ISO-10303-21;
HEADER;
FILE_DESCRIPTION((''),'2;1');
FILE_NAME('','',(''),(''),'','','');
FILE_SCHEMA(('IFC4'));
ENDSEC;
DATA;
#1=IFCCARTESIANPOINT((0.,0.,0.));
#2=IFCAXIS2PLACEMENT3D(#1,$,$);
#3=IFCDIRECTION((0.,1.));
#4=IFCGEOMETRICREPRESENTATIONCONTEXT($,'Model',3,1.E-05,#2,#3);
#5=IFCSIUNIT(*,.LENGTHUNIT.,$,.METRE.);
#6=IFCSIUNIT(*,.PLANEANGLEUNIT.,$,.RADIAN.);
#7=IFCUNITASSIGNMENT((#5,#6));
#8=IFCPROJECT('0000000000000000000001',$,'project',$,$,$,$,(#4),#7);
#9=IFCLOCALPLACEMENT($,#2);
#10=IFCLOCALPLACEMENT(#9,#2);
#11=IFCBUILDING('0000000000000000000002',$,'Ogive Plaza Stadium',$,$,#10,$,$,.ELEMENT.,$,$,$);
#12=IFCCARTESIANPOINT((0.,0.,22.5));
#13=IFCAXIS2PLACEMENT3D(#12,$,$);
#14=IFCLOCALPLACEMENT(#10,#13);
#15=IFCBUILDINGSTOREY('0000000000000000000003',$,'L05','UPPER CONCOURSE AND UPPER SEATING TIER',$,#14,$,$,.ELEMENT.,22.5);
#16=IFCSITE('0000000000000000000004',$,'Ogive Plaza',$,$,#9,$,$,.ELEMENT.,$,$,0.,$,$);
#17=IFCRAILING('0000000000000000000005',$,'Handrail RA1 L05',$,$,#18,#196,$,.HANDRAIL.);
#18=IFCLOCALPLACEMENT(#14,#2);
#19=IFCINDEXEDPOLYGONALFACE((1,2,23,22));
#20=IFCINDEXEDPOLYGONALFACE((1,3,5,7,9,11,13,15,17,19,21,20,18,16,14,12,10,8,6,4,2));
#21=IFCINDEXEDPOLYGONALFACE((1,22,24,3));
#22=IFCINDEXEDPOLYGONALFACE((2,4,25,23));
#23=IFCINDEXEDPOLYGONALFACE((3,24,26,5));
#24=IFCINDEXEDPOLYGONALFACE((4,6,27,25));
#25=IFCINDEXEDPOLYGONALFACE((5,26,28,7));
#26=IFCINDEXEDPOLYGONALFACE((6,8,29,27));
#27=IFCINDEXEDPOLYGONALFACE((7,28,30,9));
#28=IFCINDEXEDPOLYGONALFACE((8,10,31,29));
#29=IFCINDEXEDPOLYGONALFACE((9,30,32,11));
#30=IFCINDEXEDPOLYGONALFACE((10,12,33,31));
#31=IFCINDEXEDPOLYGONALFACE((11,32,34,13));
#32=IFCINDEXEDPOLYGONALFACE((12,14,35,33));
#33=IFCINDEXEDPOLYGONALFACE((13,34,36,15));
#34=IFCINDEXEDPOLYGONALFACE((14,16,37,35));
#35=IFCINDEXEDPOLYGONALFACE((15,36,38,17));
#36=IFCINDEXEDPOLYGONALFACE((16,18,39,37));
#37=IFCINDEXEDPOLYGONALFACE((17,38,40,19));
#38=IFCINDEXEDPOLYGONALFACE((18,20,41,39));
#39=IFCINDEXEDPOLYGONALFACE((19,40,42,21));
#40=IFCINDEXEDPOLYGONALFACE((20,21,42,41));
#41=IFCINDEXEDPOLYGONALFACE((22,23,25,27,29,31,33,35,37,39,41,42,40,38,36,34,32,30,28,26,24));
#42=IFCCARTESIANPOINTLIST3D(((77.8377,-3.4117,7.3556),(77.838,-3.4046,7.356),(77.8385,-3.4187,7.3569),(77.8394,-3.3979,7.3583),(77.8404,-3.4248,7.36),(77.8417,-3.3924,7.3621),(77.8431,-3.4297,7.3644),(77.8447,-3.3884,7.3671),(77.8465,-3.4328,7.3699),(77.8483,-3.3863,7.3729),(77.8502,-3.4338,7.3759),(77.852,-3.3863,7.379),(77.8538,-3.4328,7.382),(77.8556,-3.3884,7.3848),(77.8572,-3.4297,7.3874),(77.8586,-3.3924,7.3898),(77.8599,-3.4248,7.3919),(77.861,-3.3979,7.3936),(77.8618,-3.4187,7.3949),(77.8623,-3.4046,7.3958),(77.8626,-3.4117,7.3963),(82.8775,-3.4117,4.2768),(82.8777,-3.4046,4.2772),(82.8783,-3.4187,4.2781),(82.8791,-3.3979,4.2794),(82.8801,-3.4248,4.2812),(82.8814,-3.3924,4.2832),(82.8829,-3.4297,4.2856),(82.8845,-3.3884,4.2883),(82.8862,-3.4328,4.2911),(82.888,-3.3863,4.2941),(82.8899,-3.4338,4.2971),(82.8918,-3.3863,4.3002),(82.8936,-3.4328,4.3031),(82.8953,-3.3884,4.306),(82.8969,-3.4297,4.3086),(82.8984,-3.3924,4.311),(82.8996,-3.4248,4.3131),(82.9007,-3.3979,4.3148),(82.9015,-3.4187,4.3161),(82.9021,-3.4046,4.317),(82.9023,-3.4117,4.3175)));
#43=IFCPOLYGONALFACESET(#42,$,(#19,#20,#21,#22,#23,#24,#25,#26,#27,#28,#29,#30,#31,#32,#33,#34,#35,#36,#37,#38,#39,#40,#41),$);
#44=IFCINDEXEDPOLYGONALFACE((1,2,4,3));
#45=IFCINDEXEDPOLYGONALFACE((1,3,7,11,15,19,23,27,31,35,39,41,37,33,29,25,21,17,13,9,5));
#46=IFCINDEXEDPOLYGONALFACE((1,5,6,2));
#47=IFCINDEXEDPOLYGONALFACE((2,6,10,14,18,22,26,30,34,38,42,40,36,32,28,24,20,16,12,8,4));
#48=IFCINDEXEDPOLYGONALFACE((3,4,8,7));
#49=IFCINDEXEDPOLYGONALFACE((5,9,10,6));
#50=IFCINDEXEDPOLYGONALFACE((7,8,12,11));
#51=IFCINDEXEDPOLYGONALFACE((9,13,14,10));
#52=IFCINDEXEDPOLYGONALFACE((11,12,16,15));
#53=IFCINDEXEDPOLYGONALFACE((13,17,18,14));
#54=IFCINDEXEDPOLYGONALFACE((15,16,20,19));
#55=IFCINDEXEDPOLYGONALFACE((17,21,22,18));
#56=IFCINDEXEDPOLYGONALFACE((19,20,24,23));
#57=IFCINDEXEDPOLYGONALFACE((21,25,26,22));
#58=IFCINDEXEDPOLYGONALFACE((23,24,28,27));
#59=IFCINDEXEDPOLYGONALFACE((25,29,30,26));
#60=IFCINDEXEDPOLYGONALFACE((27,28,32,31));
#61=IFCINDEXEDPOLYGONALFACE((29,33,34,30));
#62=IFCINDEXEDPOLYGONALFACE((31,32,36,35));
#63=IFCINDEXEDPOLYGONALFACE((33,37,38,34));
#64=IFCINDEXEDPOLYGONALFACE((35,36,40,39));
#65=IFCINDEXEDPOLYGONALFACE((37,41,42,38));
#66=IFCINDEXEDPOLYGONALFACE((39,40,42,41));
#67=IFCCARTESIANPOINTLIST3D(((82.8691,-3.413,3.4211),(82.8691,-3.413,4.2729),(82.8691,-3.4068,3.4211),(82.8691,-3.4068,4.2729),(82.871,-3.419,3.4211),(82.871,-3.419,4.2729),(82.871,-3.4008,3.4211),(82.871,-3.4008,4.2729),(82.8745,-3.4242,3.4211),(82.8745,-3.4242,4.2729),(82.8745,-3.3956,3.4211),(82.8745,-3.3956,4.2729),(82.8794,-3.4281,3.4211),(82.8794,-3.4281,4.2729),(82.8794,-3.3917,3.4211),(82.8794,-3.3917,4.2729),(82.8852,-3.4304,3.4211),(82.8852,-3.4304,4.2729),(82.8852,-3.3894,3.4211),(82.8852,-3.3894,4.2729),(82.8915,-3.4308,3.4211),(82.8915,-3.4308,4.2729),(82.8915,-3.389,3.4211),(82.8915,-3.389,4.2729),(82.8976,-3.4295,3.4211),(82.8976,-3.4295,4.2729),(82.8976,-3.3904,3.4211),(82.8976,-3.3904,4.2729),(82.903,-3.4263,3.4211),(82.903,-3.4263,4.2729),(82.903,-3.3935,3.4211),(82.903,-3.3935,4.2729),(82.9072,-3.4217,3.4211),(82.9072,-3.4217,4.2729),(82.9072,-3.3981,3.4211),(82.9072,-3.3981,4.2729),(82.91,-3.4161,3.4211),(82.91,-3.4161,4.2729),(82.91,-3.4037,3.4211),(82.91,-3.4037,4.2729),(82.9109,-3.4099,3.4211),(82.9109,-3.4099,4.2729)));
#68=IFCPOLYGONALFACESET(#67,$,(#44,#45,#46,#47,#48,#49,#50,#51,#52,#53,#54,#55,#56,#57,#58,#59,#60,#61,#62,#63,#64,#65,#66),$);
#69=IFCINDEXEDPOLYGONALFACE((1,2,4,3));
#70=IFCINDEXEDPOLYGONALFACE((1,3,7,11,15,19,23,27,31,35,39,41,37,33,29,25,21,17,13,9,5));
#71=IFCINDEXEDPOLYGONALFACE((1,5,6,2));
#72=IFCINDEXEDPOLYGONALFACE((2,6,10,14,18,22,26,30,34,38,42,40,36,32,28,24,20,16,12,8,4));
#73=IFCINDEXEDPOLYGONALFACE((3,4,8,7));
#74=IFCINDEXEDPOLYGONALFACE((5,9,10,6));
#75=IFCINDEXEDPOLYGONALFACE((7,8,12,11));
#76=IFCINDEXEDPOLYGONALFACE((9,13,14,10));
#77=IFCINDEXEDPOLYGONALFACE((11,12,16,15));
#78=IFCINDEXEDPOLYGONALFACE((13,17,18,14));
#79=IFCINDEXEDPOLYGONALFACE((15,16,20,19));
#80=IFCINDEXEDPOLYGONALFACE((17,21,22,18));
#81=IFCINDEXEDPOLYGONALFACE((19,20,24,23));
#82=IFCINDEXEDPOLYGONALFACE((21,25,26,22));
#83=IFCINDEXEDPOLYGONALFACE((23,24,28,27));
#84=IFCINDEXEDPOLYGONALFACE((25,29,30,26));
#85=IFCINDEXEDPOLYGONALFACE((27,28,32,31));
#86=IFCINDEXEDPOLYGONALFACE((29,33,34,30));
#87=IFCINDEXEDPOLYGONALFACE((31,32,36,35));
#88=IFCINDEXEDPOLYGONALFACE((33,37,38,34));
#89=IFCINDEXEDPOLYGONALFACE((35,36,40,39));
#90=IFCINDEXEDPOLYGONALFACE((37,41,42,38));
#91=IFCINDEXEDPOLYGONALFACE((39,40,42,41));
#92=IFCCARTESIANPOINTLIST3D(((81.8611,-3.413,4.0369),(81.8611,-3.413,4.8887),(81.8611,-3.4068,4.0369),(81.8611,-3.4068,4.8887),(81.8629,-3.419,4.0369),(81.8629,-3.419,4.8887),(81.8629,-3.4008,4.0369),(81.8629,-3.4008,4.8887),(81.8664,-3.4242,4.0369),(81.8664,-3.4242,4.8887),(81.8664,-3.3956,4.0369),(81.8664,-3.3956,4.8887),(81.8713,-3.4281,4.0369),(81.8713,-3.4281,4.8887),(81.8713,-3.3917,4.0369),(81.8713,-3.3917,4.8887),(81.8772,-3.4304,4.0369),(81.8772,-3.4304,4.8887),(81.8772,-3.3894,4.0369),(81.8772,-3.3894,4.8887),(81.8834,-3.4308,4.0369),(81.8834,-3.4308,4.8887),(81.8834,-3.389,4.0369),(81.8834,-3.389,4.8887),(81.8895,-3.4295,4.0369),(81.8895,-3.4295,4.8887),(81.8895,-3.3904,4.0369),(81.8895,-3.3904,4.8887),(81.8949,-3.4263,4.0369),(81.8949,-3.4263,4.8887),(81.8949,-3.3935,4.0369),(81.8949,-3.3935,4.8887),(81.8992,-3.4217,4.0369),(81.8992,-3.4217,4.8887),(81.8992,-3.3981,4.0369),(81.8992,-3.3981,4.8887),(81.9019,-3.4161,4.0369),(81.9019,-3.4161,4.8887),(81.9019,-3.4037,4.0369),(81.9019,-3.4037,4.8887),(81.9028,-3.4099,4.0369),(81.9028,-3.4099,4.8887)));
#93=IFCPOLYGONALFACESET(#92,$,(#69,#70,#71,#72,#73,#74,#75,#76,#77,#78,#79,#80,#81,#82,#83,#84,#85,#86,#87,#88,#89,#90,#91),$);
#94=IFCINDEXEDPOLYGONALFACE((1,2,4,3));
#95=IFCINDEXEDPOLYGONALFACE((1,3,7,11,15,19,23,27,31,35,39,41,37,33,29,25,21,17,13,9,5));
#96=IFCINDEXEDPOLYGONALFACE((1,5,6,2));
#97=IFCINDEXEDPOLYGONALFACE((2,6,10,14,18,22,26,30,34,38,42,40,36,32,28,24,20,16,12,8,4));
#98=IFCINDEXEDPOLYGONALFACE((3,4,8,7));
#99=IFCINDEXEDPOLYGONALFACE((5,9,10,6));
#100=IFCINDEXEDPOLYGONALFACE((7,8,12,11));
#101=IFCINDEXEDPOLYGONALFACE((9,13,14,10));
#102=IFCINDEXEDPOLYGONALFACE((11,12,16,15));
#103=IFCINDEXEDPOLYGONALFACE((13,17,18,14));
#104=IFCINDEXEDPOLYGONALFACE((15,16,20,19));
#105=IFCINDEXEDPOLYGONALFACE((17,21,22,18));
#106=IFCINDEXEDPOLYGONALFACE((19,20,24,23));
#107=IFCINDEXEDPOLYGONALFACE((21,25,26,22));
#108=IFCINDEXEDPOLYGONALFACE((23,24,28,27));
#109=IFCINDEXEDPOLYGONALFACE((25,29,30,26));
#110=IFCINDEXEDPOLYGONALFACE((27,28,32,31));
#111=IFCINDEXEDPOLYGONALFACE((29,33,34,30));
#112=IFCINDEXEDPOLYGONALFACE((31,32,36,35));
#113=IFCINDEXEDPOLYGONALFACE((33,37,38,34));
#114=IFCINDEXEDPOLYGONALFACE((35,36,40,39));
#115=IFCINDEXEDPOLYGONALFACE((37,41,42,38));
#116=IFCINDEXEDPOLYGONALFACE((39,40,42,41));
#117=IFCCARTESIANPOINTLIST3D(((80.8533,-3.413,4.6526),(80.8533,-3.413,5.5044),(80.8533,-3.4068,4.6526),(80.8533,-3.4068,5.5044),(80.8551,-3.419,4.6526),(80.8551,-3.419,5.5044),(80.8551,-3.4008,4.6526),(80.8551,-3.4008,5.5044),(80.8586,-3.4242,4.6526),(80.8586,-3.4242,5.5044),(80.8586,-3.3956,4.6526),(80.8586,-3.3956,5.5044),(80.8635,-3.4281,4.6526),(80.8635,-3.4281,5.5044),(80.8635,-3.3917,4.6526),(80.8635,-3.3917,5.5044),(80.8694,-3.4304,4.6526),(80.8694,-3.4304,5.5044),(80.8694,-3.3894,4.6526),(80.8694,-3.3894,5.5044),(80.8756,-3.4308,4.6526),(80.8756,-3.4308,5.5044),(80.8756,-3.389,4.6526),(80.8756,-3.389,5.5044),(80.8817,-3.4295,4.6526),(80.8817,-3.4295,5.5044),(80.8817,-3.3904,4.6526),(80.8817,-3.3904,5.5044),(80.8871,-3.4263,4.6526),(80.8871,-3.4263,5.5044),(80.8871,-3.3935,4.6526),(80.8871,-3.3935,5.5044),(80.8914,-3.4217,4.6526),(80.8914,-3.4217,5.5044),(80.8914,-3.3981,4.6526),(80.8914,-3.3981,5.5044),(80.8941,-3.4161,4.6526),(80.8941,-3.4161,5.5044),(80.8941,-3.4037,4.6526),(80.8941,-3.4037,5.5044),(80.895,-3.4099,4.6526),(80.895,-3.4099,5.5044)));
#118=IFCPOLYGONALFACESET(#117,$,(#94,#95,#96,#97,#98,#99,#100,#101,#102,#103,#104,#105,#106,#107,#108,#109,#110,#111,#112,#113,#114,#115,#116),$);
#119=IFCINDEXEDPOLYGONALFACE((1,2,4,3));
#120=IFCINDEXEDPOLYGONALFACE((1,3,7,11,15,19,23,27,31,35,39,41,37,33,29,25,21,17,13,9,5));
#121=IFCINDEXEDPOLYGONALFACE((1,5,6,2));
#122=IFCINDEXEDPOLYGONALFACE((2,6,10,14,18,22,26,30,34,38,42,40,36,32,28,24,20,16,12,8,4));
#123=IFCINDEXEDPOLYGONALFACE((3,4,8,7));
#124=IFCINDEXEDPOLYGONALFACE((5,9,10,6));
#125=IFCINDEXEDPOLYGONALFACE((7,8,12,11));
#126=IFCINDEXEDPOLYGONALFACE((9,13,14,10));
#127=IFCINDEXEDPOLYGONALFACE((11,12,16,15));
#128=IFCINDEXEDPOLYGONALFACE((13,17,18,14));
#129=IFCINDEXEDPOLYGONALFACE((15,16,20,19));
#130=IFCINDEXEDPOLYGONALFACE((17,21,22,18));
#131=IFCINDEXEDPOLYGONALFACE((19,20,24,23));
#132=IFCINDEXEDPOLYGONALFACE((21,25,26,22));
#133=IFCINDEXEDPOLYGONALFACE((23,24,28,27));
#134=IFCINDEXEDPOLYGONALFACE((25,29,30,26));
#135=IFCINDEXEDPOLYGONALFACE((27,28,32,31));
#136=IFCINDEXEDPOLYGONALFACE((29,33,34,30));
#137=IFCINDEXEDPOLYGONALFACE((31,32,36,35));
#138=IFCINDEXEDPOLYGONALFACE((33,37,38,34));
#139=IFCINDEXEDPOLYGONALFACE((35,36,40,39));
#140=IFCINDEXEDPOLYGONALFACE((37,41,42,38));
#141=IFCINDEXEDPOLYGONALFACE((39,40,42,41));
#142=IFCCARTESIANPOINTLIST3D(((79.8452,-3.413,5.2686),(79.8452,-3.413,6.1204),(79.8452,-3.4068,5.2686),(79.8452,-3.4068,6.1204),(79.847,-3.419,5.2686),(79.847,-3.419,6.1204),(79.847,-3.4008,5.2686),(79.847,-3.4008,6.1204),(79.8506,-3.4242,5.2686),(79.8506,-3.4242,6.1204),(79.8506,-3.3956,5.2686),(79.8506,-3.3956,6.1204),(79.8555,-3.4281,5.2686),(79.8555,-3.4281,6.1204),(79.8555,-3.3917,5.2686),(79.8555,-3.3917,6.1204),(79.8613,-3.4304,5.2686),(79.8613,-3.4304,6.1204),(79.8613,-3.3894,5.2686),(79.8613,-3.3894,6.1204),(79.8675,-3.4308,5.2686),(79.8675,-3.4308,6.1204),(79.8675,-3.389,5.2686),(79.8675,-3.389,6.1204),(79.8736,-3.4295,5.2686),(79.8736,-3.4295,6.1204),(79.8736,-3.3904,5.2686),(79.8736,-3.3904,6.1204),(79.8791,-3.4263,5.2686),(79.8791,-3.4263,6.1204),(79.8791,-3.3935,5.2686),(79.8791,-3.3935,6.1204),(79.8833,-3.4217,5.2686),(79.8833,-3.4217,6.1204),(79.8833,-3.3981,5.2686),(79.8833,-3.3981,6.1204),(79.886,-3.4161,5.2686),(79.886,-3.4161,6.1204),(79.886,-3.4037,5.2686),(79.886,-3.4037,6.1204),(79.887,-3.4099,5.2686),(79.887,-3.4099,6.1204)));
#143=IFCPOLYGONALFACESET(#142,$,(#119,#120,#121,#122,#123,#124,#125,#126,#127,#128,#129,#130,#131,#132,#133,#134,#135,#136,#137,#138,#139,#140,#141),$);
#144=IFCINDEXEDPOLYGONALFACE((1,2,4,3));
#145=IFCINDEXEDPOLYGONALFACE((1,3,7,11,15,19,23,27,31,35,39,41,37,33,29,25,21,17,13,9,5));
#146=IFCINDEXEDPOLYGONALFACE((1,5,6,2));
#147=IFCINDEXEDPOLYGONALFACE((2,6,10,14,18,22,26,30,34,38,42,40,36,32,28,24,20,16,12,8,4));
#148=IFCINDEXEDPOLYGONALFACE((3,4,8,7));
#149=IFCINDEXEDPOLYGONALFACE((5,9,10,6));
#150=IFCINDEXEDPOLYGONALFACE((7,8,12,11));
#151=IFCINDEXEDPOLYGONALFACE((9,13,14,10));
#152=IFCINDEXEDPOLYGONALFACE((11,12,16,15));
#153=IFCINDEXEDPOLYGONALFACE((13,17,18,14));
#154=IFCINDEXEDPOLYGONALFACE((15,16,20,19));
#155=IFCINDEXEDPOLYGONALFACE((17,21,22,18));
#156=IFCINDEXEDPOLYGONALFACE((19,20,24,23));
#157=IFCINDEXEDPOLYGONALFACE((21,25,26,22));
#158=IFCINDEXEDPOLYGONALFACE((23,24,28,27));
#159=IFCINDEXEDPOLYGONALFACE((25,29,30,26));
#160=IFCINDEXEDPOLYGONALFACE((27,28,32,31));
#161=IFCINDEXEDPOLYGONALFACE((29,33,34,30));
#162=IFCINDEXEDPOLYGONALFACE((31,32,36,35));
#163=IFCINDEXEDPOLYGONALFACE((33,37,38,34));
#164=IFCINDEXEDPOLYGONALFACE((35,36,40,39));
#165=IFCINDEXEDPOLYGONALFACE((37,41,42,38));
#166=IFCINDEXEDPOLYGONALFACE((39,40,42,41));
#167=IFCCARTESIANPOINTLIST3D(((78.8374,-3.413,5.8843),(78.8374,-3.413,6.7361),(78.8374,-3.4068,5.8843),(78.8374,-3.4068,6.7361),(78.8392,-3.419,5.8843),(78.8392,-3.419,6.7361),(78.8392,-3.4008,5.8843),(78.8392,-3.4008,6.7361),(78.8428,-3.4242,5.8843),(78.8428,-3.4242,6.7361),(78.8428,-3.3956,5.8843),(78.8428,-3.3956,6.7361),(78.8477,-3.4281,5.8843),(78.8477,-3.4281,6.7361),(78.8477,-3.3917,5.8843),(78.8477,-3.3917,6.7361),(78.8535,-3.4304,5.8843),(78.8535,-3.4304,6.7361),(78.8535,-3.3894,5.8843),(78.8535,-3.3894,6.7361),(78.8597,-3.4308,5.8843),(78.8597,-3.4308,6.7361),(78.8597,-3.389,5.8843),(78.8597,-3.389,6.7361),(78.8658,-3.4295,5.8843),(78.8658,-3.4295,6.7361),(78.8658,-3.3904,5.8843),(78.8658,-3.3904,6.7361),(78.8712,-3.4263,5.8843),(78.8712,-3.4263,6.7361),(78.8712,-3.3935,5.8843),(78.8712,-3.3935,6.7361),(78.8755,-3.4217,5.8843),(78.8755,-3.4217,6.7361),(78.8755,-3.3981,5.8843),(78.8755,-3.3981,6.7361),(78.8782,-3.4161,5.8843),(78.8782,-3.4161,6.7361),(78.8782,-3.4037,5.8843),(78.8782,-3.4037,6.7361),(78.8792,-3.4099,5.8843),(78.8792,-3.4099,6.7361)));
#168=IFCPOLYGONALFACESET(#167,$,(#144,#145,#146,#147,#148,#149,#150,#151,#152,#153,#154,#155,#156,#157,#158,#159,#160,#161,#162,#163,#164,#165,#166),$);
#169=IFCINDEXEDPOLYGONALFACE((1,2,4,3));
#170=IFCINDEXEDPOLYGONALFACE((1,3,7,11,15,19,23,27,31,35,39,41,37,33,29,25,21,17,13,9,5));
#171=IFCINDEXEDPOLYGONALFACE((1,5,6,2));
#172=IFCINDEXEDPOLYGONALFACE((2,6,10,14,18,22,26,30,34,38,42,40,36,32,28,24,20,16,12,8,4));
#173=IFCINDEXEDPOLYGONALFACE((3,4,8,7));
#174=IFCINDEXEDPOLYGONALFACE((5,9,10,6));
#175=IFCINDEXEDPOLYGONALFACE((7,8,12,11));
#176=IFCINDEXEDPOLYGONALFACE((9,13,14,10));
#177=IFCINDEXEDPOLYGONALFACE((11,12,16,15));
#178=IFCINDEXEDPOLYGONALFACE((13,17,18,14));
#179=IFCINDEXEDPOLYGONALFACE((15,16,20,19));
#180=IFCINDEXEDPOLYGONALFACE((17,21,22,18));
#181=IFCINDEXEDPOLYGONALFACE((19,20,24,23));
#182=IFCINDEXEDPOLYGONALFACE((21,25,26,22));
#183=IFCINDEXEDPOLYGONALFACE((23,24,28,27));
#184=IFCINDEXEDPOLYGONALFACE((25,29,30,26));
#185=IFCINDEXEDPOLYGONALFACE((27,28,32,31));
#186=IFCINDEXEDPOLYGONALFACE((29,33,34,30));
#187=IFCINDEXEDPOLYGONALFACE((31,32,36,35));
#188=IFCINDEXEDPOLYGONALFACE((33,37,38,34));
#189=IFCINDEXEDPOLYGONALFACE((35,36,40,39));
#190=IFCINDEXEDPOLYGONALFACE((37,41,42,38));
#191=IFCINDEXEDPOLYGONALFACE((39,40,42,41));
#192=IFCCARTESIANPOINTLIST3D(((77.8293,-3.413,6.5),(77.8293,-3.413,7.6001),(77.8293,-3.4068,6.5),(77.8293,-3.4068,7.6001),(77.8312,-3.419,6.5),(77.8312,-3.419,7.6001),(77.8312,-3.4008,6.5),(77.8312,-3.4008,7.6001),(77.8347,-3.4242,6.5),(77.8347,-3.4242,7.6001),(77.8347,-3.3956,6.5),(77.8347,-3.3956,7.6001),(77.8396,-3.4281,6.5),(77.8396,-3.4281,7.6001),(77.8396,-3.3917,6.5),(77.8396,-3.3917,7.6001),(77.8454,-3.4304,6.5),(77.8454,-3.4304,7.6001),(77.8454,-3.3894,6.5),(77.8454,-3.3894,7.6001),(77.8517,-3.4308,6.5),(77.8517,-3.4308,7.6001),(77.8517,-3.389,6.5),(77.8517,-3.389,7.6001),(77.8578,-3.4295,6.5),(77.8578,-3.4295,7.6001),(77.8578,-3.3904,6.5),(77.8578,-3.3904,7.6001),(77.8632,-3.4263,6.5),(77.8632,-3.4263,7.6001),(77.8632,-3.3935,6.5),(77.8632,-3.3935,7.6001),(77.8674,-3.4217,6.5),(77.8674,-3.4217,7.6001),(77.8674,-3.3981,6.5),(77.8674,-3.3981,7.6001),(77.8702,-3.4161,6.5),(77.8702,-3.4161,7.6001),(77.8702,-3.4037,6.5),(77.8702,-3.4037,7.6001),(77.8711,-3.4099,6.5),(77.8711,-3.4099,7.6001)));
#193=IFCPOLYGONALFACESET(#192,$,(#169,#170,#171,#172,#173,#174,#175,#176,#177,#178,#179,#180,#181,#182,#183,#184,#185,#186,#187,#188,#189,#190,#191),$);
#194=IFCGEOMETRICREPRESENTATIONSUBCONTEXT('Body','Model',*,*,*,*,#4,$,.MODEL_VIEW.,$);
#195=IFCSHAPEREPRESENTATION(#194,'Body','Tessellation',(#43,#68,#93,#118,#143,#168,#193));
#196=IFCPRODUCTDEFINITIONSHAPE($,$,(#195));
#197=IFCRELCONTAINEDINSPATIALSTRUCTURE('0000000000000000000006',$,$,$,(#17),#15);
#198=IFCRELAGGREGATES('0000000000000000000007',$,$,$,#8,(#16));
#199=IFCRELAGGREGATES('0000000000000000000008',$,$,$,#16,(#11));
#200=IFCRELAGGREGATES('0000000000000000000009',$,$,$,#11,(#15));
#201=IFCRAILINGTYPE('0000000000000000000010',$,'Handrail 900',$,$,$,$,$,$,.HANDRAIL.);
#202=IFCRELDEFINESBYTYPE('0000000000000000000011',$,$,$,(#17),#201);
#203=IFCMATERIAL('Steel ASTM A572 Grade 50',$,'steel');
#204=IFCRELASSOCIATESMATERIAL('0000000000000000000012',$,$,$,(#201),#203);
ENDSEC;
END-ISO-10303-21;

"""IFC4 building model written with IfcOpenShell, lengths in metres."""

from ifc_helpers import new_model, si_unit, direction, frame, origin, origin_2d, place, context, subcontext, project, spatial, circle, extrude, material, type_object, element, save


model = new_model("IFC4")

# Units and contexts
model_context = context("Model", 3, precision=1e-05, world=origin(), true_north=direction((0.0, 1.0)))
body_context = subcontext(model_context, "Body", "Model", "MODEL_VIEW")
ifc_project = project(units=[si_unit("LENGTHUNIT", "METRE"), si_unit("PLANEANGLEUNIT", "RADIAN")], contexts=[model_context])

# Site, building, storey
site_placement = place(None, origin())
site = spatial("IfcSite", under=ifc_project, at=site_placement, Name="Ogive Plaza", CompositionType="ELEMENT", RefElevation=0.0)
building_placement = place(site_placement, origin())
building = spatial("IfcBuilding", under=site, at=building_placement, Name="Ogive Plaza Stadium", CompositionType="ELEMENT")
storey_placement = place(building_placement, frame((0.0, 0.0, 22.5)))
storey = spatial("IfcBuildingStorey", under=building, at=storey_placement, Name="L05", Description="UPPER CONCOURSE AND UPPER SEATING TIER", CompositionType="ELEMENT", Elevation=22.5)

# Railing
ifc_material_1 = material(Name="Steel ASTM A572 Grade 50", Category="steel")
railing_type_1 = type_object("IfcRailingType", Name="Handrail 900", PredefinedType="HANDRAIL", material=ifc_material_1)
for number, where, name in (
    (1, (82.8899, -3.4099, 3.4211), "Handrail RA1 L05"),
):
    element("IfcRailing", number, at=place(storey_placement, frame(where)), inside=storey, type_object=railing_type_1, Name=name, PredefinedType="HANDRAIL", context=body_context, shape_type="SweptSolid", body=[
        extrude(circle(Radius=0.0239, at=origin_2d()), frame((0.0, 0.0, 0.876), z_axis=(-0.853358, 0.0, 0.521325), x_axis=(0.0, -1.0, 0.0)), (0.0, 0.0, 1.0), 5.9058),
        extrude(circle(Radius=0.021, at=origin_2d()), origin(), (0.0, 0.0, 1.0), 0.8518),
        extrude(circle(Radius=0.021, at=origin_2d()), frame((-1.0081, 0.0, 0.6157)), (0.0, 0.0, 1.0), 0.8518),
        extrude(circle(Radius=0.021, at=origin_2d()), frame((-2.0159, 0.0, 1.2314)), (0.0, 0.0, 1.0), 0.8518),
        extrude(circle(Radius=0.021, at=origin_2d()), frame((-3.0239, 0.0, 1.8474)), (0.0, 0.0, 1.0), 0.8518),
        extrude(circle(Radius=0.021, at=origin_2d()), frame((-4.0317, 0.0, 2.4631)), (0.0, 0.0, 1.0), 0.8518),
        extrude(circle(Radius=0.021, at=origin_2d()), frame((-5.0398, 0.0, 3.0789)), (0.0, 0.0, 1.0), 1.1001),
    ])

save(model, "model.ifc")
